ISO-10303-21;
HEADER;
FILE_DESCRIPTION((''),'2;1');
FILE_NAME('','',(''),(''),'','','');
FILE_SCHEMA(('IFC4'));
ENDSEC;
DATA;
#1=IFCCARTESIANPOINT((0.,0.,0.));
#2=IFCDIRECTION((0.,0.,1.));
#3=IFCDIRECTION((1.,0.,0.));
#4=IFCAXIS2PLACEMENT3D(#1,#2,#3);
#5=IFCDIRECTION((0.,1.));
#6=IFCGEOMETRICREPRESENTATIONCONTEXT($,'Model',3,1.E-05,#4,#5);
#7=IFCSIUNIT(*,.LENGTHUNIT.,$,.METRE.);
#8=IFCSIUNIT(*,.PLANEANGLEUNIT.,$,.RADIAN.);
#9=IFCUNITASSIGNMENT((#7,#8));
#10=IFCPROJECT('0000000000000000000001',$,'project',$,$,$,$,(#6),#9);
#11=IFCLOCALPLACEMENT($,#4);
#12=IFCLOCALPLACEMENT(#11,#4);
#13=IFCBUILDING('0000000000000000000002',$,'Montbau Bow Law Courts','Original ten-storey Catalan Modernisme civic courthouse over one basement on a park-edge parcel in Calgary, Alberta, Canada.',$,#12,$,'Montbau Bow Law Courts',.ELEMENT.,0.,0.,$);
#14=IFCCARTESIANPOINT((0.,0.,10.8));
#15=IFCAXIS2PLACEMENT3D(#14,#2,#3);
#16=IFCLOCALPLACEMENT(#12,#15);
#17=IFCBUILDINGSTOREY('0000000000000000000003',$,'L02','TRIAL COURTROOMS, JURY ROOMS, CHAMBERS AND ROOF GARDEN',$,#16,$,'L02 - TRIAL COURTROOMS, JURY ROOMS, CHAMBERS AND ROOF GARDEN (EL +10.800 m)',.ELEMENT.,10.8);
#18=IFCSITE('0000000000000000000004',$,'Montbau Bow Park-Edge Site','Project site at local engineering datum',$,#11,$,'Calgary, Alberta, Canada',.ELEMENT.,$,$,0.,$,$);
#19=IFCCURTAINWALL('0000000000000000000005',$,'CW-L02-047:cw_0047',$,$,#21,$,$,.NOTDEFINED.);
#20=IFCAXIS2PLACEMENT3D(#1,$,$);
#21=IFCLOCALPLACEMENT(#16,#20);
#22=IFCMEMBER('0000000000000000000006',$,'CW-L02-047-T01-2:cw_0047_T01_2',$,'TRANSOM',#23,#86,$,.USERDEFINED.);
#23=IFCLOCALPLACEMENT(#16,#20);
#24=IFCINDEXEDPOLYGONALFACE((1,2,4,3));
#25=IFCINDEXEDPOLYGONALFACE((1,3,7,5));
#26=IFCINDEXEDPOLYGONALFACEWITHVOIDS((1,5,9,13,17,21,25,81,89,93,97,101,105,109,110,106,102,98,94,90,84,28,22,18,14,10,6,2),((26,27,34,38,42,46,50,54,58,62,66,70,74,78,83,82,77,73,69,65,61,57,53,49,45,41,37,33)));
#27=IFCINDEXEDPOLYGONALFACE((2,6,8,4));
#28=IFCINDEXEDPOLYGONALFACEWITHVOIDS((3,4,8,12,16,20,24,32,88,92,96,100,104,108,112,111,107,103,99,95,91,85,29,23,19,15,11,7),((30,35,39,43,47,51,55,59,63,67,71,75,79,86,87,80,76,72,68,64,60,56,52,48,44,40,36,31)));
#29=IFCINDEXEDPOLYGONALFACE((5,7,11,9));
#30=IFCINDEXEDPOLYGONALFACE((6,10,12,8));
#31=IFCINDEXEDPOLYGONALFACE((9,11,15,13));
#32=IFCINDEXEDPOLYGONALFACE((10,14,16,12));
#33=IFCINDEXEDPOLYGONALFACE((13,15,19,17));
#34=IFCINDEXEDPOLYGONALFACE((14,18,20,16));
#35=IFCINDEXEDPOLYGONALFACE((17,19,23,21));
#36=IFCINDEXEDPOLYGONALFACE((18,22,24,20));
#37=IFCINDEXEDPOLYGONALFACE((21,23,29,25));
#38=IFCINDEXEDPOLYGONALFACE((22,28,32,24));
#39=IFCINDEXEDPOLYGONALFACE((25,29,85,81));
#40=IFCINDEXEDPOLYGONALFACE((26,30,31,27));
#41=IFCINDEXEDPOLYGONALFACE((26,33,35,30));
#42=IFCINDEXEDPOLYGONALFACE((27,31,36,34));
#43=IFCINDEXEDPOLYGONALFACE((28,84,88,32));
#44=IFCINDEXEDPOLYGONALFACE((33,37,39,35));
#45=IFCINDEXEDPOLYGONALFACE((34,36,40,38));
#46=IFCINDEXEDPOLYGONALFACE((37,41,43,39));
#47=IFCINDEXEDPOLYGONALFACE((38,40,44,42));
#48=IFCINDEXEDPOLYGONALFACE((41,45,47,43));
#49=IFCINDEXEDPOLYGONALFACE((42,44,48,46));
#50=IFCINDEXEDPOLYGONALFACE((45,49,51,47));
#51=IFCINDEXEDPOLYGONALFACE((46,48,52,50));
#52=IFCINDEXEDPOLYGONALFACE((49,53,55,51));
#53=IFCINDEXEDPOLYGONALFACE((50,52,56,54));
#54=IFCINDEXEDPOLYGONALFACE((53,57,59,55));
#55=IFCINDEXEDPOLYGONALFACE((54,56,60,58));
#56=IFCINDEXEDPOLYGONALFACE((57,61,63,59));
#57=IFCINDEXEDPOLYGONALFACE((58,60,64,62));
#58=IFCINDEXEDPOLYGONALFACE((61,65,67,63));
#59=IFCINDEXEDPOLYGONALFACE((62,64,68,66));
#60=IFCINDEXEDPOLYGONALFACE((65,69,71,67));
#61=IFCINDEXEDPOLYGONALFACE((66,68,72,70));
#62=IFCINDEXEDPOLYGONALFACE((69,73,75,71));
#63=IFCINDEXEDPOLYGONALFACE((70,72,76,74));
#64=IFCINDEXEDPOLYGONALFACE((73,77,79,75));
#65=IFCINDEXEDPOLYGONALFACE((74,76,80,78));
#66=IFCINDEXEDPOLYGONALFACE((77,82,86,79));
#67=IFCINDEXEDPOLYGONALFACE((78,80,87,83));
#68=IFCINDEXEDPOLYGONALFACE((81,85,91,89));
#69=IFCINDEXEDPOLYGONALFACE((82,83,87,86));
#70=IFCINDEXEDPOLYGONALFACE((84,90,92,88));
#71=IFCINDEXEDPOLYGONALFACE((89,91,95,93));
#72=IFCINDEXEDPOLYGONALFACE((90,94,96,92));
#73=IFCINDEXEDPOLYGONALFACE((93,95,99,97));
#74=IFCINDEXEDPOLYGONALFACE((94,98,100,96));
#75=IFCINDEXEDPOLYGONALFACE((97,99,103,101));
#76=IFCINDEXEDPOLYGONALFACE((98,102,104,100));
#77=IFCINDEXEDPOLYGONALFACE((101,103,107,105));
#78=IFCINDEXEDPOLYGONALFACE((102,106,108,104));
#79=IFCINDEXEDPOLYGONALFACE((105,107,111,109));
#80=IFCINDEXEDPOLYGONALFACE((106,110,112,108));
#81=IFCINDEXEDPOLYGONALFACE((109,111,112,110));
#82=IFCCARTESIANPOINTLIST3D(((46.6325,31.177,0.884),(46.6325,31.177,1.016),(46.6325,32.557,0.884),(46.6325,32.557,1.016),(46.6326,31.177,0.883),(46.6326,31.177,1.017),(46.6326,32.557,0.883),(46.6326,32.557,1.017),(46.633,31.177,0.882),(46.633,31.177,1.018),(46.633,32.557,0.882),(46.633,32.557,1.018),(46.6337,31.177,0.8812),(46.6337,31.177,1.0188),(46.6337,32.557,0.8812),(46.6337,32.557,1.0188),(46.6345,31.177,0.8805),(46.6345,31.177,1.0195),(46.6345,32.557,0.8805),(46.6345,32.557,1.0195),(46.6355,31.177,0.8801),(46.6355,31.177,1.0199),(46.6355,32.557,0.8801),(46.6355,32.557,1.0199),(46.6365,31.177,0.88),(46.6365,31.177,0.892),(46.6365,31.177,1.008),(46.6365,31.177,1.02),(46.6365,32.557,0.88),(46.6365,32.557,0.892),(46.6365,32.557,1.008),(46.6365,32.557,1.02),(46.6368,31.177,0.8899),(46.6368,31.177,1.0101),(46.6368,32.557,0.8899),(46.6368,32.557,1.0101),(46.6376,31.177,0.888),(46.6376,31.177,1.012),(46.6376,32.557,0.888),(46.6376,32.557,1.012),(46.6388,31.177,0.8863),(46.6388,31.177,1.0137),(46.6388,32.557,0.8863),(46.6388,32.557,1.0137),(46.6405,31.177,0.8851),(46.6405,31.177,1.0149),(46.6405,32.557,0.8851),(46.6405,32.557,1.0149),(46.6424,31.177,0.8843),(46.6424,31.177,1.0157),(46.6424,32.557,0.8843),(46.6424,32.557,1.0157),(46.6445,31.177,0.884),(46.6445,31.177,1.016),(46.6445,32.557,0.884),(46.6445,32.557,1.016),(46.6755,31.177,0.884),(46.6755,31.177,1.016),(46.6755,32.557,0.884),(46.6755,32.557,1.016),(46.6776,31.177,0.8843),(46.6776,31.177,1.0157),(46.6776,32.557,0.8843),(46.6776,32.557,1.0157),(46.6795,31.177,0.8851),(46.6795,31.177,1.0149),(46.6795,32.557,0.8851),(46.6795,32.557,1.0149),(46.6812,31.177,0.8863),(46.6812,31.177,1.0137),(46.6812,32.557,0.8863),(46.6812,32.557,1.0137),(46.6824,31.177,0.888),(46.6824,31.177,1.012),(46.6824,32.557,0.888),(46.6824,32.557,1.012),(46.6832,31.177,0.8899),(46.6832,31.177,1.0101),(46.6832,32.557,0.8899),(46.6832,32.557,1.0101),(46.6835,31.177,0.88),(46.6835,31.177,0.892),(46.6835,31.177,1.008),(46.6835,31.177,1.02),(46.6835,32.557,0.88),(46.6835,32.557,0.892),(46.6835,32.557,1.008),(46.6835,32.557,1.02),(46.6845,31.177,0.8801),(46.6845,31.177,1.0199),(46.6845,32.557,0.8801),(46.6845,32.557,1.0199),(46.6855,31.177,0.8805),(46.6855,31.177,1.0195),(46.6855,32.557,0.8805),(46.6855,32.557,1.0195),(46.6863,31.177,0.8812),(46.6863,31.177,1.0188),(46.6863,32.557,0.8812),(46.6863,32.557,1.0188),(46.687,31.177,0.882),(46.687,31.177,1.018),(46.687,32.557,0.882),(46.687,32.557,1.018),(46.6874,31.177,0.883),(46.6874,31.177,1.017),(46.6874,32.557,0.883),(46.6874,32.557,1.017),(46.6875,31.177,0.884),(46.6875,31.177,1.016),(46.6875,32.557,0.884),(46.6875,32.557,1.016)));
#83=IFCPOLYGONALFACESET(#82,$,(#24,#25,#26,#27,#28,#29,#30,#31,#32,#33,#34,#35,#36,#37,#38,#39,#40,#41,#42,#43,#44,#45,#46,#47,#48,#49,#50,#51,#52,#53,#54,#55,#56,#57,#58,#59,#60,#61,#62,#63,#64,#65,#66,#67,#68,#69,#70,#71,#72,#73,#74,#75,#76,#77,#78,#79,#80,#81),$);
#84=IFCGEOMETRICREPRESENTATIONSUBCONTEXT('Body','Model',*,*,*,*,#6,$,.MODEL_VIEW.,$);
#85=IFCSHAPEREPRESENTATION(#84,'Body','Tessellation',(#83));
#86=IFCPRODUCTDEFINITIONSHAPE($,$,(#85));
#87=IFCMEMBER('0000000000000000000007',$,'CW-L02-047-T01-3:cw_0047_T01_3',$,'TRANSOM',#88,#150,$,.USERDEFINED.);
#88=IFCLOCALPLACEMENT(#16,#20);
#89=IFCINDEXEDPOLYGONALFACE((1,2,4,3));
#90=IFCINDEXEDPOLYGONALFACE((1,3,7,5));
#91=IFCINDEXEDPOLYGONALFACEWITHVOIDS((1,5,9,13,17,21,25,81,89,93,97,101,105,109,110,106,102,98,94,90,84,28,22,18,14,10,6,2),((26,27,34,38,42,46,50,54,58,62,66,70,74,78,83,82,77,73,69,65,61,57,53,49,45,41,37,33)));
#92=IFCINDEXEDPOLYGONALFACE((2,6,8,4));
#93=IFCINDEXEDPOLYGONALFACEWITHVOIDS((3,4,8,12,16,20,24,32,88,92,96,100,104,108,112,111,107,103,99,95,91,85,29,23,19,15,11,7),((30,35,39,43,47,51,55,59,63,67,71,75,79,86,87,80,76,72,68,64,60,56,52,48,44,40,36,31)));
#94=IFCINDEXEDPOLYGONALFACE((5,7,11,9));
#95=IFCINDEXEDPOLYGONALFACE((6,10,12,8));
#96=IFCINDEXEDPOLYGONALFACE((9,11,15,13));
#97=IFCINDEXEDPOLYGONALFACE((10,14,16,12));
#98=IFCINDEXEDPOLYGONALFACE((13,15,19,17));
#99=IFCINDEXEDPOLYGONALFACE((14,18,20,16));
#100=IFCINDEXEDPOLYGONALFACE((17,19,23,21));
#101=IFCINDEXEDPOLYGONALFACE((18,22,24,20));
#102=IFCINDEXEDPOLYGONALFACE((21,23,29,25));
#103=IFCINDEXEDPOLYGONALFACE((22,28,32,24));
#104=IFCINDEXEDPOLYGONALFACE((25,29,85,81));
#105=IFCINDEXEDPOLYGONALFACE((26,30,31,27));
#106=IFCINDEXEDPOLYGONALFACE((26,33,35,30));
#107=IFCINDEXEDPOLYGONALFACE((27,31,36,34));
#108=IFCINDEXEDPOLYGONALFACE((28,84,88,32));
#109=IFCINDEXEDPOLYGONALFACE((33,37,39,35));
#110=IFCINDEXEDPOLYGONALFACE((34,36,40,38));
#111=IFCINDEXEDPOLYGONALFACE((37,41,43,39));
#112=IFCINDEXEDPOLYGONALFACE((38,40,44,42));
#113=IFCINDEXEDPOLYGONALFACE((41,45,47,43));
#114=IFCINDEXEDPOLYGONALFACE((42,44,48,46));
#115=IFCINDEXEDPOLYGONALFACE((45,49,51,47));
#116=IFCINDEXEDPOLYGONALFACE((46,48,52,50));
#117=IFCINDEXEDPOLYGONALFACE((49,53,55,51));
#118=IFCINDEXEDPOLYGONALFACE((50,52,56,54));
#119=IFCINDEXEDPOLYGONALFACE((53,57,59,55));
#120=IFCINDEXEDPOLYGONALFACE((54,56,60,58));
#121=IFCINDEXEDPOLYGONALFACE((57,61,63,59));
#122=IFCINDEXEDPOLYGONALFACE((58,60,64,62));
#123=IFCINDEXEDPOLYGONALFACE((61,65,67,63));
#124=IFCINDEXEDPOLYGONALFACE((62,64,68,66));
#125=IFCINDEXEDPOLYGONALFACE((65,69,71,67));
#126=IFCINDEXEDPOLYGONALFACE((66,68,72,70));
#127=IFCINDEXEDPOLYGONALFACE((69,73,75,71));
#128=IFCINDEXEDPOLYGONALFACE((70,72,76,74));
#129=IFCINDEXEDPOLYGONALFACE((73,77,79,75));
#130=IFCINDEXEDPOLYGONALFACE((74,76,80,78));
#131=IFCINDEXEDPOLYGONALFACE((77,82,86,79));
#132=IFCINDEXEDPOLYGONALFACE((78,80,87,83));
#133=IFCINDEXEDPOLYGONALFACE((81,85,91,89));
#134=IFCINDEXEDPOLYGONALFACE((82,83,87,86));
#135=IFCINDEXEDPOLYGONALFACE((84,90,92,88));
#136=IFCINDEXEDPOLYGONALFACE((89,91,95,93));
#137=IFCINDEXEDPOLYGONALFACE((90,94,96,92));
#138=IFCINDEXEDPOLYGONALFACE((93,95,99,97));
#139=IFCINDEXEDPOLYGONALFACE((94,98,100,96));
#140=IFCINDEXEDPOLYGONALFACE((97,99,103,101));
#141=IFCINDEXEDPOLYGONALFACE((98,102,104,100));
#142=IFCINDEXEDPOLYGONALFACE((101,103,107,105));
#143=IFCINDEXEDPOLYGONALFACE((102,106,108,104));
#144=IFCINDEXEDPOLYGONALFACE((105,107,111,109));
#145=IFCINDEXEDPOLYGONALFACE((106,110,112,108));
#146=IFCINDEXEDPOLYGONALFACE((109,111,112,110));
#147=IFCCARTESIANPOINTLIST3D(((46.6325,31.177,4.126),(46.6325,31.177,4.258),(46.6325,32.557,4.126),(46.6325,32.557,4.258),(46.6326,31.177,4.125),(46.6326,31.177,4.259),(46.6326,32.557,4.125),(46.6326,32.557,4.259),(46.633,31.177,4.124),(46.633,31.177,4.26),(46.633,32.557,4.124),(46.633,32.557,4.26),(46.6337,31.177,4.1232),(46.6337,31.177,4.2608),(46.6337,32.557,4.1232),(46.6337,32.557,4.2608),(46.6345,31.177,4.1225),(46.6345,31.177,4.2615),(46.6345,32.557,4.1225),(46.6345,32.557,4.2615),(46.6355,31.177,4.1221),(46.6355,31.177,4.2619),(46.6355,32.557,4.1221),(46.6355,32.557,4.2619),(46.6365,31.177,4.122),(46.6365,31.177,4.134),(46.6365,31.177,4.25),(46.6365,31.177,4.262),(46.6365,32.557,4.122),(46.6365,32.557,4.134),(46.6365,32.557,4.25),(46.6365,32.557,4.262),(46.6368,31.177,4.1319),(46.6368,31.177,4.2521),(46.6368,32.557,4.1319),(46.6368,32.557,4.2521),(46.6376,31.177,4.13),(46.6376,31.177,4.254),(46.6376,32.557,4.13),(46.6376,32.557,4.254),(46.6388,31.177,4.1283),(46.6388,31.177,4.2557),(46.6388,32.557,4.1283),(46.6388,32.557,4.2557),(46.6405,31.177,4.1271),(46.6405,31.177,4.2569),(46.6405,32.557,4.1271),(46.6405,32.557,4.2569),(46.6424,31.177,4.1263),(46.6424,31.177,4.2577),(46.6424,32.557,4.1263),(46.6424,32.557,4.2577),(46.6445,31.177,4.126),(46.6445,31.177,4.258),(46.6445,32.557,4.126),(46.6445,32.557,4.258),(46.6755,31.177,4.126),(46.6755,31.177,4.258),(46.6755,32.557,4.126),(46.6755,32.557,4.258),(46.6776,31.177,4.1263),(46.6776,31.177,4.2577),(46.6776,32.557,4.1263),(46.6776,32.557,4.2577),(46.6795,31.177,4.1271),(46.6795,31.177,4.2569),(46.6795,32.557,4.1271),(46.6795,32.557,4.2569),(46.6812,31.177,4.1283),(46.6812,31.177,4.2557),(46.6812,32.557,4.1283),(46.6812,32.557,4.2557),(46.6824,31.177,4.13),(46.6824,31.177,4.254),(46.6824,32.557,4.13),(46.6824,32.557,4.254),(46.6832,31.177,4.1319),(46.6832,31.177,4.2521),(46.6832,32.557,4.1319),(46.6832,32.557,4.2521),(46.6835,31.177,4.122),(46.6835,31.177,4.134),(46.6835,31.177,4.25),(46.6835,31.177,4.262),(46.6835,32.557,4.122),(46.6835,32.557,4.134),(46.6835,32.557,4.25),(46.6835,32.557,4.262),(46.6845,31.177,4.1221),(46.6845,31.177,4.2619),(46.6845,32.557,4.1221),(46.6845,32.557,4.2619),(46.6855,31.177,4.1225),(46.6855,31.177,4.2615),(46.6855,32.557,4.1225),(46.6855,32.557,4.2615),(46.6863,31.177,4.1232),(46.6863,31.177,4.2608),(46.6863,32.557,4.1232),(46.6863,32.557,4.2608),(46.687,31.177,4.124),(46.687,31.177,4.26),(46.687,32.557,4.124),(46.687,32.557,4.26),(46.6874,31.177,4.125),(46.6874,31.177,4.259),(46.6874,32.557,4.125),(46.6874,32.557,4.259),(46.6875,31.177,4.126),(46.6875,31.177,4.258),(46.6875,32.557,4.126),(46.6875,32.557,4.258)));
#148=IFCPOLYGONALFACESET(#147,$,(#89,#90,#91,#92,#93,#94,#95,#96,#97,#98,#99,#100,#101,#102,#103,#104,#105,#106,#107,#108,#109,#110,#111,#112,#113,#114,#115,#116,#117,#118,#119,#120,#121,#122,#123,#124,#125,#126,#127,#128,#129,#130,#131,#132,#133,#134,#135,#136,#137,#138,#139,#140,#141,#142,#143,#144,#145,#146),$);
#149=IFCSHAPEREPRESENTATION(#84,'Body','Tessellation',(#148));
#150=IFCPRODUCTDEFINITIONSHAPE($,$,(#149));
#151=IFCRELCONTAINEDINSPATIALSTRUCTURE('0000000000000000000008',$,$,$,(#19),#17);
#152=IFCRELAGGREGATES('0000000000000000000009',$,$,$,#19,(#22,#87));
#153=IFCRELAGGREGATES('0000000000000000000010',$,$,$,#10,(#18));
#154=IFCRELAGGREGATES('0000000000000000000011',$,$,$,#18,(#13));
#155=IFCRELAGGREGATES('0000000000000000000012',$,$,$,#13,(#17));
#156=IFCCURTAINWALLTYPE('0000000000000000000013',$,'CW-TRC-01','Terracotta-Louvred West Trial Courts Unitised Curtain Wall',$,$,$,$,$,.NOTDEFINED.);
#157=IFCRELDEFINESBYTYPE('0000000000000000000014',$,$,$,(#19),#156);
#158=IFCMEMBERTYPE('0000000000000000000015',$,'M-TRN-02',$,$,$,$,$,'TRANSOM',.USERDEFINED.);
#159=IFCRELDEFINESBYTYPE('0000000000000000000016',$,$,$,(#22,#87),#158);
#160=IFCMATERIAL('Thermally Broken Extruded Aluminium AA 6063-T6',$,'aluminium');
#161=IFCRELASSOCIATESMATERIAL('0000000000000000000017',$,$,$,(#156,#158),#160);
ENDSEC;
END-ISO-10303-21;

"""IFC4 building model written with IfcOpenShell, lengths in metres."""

from ifc_helpers import new_model, si_unit, direction, frame, origin_with_axes, origin_2d_with_axis, place, context, subcontext, project, spatial, hollow_rectangle, extrude, material, material_profile, profile_set, type_object, element, aggregate, save


model = new_model("IFC4")

# Units and contexts
model_context = context("Model", 3, precision=1e-05, world=origin_with_axes(), true_north=direction((0.0, 1.0)))
body_context = subcontext(model_context, "Body", "Model", "MODEL_VIEW")
ifc_project = project(units=[si_unit("LENGTHUNIT", "METRE"), si_unit("PLANEANGLEUNIT", "RADIAN")], contexts=[model_context])

# Site, building, storey
site_placement = place(None, origin_with_axes())
site = spatial("IfcSite", under=ifc_project, at=site_placement, Name="Montbau Bow Park-Edge Site", Description="Project site at local engineering datum", LongName="Calgary, Alberta, Canada", CompositionType="ELEMENT", RefElevation=0.0)
building_placement = place(site_placement, origin_with_axes())
building = spatial("IfcBuilding", under=site, at=building_placement, Name="Montbau Bow Law Courts", Description="Original ten-storey Catalan Modernisme civic courthouse over one basement on a park-edge parcel in Calgary, Alberta, Canada.", LongName="Montbau Bow Law Courts", CompositionType="ELEMENT", ElevationOfRefHeight=0.0, ElevationOfTerrain=0.0)
storey_placement = place(building_placement, frame((0.0, 0.0, 10.8), z_axis=(0.0, 0.0, 1.0), x_axis=(1.0, 0.0, 0.0)))
storey = spatial("IfcBuildingStorey", under=building, at=storey_placement, Name="L02", Description="TRIAL COURTROOMS, JURY ROOMS, CHAMBERS AND ROOF GARDEN", LongName="L02 - TRIAL COURTROOMS, JURY ROOMS, CHAMBERS AND ROOF GARDEN (EL +10.800 m)", CompositionType="ELEMENT", Elevation=10.8)

# Shared definitions
ifc_material_1 = material(Name="Thermally Broken Extruded Aluminium AA 6063-T6", Category="aluminium")
curtain_wall_type = type_object("IfcCurtainWallType", Name="CW-TRC-01", Description="Terracotta-Louvred West Trial Courts Unitised Curtain Wall", PredefinedType="NOTDEFINED", material=ifc_material_1)

# Curtain wall, members
curtain_wall_1_placement = place(None, frame((46.66, 31.115, 10.8), z_axis=(0.0, 0.0, 1.0), x_axis=(1.0, 0.0, 0.0)))
curtain_wall_1 = element("IfcCurtainWall", 1, at=curtain_wall_1_placement, inside=storey, type_object=curtain_wall_type, Name="CW-L02-047:cw_0047", PredefinedType="NOTDEFINED")
ifc_material_profile_1 = material_profile(ifc_material_1, hollow_rectangle(XDim=0.055, YDim=0.14, WallThickness=0.004, InnerFilletRadius=0.008, OuterFilletRadius=0.004, at=origin_2d_with_axis()), Name="CWT-140X55", Category="Main", Priority=0)
ifc_profile_set_1 = profile_set([ifc_material_profile_1], Name="Thermally Broken Extruded Aluminium AA 6063-T6")
member_type_1 = type_object("IfcMemberType", Name="M-TRN-02", ElementType="TRANSOM", PredefinedType="USERDEFINED", material=ifc_profile_set_1)
member_1_placement = place(None, frame((46.66, 31.177, 11.75), z_axis=(0.0, 1.0, 0.0), x_axis=(-1.0, 0.0, 0.0)))
member_1 = element("IfcMember", 2, at=member_1_placement, type_object=member_type_1, Name="CW-L02-047-T01-2:cw_0047_T01_2", ObjectType="TRANSOM", PredefinedType="USERDEFINED", context=body_context, shape_type="SweptSolid", body=[
    extrude(hollow_rectangle(XDim=0.055, YDim=0.14, WallThickness=0.004, InnerFilletRadius=0.008, OuterFilletRadius=0.004, at=origin_2d_with_axis()), origin_with_axes(), (0.0, 0.0, 1.0), 1.38),
])
member_2_placement = place(None, frame((46.66, 31.177, 14.992), z_axis=(0.0, 1.0, 0.0), x_axis=(-1.0, 0.0, 0.0)))
member_2 = element("IfcMember", 3, at=member_2_placement, type_object=member_type_1, Name="CW-L02-047-T01-3:cw_0047_T01_3", ObjectType="TRANSOM", PredefinedType="USERDEFINED", context=body_context, shape_type="SweptSolid", body=[
    extrude(hollow_rectangle(XDim=0.055, YDim=0.14, WallThickness=0.004, InnerFilletRadius=0.008, OuterFilletRadius=0.004, at=origin_2d_with_axis()), origin_with_axes(), (0.0, 0.0, 1.0), 1.38),
])
aggregate(curtain_wall_1, [member_1, member_2])

save(model, "model.ifc")
